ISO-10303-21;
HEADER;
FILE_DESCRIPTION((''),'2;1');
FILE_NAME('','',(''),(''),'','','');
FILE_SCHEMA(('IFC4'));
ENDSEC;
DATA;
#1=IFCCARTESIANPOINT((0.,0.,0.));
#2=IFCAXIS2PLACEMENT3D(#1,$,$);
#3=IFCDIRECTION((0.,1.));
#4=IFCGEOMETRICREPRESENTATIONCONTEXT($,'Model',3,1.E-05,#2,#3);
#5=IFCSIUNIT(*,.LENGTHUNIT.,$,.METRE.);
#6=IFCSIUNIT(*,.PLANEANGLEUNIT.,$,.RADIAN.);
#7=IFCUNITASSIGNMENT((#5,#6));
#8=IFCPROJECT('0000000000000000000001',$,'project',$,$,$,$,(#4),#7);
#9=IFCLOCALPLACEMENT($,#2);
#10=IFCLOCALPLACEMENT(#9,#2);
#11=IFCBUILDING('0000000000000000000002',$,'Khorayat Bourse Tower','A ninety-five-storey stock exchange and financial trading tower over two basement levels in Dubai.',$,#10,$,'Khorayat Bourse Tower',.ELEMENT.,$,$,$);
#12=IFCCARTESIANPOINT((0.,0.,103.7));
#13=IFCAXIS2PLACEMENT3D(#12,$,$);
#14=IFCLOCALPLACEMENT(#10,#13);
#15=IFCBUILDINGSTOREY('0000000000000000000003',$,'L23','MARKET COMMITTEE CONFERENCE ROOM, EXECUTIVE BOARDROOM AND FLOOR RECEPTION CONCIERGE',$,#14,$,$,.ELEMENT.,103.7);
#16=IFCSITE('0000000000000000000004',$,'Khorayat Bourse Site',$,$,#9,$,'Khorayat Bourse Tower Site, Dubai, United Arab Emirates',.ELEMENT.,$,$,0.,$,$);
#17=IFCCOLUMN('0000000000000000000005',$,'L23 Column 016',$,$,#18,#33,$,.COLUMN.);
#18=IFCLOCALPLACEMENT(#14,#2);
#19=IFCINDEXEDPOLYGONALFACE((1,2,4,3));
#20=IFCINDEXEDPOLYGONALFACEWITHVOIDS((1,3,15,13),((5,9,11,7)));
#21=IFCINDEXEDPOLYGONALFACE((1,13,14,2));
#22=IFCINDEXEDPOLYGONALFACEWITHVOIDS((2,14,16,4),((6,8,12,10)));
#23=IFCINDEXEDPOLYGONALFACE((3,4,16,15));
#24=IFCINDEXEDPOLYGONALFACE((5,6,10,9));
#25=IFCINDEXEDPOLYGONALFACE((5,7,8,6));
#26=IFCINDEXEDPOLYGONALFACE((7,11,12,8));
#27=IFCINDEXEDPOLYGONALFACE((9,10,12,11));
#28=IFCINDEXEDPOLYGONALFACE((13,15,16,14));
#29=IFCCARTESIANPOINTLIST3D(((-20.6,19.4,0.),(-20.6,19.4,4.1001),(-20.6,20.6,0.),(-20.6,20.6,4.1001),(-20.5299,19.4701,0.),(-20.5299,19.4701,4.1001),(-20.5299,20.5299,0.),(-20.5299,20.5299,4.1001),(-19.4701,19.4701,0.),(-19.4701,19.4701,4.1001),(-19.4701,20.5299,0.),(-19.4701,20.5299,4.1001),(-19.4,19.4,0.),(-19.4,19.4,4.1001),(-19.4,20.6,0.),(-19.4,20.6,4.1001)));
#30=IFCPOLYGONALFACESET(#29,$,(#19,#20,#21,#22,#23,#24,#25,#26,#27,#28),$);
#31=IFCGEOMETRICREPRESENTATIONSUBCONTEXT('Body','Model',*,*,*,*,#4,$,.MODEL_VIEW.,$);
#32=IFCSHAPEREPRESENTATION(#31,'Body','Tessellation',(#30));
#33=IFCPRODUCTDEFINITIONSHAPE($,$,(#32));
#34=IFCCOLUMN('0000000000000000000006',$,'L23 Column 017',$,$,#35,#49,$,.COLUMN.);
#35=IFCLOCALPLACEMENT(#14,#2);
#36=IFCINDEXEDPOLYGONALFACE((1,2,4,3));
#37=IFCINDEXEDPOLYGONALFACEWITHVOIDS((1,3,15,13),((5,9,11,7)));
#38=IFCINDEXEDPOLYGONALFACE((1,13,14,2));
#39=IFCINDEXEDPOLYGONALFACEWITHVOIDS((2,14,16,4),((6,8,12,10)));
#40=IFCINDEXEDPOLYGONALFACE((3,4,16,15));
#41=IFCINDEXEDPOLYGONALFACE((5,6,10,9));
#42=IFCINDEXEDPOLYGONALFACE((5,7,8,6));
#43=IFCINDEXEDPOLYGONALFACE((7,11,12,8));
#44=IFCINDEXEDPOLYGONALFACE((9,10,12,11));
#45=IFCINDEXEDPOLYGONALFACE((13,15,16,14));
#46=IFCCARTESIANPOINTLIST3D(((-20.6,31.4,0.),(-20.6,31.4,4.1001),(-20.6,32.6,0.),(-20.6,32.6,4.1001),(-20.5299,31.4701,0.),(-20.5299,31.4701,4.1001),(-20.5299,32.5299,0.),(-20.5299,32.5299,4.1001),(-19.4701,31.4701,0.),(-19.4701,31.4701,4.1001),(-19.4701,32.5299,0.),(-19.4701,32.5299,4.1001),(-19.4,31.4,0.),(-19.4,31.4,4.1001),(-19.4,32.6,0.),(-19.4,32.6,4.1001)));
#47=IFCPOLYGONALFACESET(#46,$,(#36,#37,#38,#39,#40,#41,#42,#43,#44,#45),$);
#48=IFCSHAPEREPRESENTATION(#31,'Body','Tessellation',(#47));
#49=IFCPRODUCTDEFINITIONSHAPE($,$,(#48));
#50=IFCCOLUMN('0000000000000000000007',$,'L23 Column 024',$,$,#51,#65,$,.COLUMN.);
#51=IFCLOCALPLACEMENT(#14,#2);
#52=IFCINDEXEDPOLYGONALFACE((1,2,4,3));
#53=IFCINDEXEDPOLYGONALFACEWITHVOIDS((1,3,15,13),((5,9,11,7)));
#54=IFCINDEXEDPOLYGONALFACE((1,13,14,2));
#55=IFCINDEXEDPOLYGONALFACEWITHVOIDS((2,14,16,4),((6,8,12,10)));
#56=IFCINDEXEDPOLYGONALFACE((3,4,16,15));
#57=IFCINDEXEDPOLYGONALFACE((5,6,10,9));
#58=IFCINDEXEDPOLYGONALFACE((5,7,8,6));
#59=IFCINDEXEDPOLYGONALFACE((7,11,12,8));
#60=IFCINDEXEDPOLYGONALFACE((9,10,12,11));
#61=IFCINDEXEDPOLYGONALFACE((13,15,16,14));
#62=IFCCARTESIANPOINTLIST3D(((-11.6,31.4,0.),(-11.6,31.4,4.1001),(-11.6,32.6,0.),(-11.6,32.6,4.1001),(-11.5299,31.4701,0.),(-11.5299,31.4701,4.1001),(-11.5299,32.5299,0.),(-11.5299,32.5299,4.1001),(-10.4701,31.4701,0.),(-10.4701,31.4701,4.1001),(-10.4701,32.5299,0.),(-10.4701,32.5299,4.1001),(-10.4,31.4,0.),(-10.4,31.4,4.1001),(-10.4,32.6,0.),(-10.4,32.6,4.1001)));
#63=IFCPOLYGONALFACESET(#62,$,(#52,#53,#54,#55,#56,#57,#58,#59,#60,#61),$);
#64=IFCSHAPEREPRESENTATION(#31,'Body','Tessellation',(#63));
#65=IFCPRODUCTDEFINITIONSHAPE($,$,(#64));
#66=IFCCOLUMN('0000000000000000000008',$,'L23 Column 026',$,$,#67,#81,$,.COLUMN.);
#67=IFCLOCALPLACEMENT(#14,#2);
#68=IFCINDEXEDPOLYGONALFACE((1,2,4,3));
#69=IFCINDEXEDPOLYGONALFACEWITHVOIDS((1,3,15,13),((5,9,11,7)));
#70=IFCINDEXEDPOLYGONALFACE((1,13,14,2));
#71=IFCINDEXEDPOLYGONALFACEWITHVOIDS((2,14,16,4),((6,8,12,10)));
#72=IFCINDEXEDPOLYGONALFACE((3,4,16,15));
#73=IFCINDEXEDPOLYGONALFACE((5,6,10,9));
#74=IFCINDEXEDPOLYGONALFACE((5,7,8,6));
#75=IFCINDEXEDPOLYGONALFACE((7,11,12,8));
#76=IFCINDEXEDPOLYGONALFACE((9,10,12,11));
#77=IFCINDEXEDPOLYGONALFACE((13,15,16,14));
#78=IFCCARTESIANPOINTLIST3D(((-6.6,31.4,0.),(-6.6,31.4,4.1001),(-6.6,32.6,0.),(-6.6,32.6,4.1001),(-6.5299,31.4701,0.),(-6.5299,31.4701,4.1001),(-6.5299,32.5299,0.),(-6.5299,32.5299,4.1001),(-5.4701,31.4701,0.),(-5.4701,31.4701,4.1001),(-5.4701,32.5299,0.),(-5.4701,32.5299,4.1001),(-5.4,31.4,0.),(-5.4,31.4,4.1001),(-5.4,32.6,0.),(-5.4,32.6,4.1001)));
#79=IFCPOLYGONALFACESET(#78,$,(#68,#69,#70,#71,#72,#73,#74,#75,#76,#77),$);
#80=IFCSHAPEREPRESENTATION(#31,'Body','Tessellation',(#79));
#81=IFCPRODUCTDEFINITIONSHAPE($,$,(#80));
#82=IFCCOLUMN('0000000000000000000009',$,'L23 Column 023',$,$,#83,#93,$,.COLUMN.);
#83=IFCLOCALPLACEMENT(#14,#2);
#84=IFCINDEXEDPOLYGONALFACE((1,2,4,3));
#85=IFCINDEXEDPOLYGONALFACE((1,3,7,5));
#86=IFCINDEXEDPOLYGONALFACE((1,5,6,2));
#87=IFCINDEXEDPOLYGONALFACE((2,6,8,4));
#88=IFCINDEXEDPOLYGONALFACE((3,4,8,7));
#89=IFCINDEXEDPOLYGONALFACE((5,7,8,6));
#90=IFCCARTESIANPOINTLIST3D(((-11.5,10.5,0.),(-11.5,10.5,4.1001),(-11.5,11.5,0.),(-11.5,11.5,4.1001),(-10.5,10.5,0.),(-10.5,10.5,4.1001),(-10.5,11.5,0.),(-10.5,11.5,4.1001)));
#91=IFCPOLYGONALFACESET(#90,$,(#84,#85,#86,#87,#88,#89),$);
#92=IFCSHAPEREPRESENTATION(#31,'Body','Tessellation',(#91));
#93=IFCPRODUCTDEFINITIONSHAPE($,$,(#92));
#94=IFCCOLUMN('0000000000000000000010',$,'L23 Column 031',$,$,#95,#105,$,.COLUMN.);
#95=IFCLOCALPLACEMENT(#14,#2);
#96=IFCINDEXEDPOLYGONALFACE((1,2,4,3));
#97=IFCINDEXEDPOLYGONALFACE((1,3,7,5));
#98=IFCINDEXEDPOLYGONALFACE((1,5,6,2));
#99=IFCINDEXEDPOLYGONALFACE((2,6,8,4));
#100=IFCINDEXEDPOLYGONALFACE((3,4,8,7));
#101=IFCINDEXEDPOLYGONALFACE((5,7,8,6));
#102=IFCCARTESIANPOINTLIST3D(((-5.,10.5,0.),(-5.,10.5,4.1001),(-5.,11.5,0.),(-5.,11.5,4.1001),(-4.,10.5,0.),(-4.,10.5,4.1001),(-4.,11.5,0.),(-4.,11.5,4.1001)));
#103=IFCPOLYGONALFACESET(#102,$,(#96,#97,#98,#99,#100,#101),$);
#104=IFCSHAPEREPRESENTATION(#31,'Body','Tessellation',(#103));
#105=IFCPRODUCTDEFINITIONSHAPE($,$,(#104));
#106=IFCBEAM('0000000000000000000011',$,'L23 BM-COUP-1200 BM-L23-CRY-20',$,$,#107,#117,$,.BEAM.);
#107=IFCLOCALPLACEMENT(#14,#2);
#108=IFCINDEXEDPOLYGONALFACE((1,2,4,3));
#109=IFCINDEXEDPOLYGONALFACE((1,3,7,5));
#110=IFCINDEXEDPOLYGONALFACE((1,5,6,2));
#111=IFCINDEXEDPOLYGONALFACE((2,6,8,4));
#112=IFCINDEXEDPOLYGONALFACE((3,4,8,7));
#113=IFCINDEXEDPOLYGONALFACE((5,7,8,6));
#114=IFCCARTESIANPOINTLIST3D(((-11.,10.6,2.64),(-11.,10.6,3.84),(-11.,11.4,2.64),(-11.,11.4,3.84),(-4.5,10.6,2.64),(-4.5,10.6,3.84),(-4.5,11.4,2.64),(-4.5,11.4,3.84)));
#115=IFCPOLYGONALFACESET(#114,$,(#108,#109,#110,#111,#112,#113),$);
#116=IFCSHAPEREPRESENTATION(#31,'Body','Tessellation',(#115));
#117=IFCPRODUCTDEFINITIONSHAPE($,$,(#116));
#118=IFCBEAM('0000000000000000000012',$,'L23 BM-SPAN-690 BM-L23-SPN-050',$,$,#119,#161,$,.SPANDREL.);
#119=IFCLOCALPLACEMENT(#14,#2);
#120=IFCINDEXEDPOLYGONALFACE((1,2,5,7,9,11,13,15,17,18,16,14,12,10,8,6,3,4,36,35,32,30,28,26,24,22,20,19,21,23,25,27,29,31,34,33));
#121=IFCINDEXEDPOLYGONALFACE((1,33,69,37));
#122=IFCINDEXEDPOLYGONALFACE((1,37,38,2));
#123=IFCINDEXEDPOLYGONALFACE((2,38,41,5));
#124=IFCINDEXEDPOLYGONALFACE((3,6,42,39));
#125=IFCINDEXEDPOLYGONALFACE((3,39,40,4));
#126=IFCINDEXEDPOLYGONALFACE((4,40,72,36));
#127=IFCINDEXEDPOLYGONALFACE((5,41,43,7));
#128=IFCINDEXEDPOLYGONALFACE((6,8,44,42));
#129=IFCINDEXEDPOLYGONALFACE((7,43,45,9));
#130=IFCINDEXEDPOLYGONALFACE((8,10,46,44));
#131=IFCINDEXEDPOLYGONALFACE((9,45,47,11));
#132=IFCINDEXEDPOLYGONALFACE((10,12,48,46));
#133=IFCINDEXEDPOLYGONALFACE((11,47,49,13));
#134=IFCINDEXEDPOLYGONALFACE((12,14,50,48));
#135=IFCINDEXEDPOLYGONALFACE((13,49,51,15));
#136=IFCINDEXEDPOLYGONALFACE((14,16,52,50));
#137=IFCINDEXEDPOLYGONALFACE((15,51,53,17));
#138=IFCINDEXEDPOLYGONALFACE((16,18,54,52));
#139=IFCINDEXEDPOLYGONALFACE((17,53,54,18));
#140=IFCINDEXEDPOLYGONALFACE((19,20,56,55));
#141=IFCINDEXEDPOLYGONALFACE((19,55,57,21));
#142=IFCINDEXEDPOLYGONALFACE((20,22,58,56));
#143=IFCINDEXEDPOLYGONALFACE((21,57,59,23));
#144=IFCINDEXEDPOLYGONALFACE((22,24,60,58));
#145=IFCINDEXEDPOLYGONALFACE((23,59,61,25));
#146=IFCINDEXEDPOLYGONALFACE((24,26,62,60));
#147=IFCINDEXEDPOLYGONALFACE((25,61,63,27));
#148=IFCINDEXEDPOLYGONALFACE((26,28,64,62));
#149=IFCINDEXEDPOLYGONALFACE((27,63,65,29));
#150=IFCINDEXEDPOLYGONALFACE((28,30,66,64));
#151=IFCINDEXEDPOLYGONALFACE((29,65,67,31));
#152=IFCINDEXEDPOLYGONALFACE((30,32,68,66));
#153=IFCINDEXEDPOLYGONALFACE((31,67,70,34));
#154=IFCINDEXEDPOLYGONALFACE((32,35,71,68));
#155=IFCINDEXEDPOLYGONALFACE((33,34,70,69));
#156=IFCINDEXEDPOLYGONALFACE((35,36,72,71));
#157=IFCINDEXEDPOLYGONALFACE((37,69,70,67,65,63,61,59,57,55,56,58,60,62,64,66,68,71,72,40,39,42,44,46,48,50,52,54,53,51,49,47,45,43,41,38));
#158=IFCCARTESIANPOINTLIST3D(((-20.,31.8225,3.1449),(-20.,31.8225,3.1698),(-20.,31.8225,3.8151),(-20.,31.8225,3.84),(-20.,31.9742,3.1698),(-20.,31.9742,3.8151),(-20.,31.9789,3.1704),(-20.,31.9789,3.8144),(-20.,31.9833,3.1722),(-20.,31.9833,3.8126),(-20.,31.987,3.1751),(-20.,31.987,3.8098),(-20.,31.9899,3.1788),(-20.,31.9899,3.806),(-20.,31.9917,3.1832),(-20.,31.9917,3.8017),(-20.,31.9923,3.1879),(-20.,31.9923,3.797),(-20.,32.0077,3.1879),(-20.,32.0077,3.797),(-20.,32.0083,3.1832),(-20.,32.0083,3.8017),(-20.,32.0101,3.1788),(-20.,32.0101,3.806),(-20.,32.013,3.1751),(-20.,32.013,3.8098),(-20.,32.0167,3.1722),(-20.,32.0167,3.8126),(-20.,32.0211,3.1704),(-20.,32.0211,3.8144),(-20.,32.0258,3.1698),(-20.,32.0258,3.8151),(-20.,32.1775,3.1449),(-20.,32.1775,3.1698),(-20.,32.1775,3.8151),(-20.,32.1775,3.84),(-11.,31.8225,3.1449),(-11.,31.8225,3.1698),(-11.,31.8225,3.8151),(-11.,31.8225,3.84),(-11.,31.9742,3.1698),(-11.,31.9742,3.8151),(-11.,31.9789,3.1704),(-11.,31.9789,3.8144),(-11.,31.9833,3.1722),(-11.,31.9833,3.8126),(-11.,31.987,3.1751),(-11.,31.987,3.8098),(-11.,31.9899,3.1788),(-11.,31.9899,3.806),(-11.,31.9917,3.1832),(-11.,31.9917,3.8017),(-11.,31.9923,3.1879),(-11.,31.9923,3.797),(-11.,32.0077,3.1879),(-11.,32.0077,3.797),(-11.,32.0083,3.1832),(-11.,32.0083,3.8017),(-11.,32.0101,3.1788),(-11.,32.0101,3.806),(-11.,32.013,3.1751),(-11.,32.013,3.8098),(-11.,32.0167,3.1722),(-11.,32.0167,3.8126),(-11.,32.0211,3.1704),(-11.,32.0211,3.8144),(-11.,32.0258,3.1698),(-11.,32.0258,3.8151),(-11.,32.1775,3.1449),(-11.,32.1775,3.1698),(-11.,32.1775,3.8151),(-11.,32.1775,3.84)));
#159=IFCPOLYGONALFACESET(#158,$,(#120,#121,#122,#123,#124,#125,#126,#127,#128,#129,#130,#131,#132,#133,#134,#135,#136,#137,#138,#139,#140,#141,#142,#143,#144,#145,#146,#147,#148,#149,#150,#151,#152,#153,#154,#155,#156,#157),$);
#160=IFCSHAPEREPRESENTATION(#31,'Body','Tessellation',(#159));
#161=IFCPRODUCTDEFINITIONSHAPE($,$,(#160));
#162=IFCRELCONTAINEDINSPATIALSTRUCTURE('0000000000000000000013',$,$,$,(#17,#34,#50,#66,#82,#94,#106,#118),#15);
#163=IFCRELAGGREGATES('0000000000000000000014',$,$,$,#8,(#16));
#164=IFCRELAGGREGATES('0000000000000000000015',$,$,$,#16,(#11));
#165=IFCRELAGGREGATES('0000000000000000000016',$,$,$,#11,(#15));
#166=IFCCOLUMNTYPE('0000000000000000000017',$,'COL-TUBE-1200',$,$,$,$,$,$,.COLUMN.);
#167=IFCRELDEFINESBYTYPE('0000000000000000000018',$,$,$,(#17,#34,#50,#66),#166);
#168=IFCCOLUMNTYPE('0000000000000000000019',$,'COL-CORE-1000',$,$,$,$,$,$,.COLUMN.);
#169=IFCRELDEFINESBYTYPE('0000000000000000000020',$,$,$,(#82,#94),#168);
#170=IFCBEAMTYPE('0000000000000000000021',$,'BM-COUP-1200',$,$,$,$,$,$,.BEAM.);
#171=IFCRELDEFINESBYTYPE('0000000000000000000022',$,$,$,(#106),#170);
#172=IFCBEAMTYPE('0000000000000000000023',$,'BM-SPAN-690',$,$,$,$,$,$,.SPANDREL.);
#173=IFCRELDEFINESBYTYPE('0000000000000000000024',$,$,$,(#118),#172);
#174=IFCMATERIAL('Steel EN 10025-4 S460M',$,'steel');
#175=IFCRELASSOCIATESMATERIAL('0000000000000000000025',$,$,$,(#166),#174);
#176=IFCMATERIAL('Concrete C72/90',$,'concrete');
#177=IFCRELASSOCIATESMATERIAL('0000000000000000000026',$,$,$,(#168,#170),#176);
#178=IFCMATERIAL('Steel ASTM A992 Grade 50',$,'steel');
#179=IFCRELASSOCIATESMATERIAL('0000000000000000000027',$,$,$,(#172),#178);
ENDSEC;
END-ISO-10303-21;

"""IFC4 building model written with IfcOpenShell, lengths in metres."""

from ifc_helpers import new_model, si_unit, direction, frame, origin, origin_2d, place, context, subcontext, project, spatial, rectangle, hollow_rectangle, i_section, extrude, source, transform, mapped, material, material_profile, profile_set, type_object, element, save


model = new_model("IFC4")

# Units and contexts
model_context = context("Model", 3, precision=1e-05, world=origin(), true_north=direction((0.0, 1.0)))
body_context = subcontext(model_context, "Body", "Model", "MODEL_VIEW")
ifc_project = project(units=[si_unit("LENGTHUNIT", "METRE"), si_unit("PLANEANGLEUNIT", "RADIAN")], contexts=[model_context])

# Site, building, storey
site_placement = place(None, origin())
site = spatial("IfcSite", under=ifc_project, at=site_placement, Name="Khorayat Bourse Site", LongName="Khorayat Bourse Tower Site, Dubai, United Arab Emirates", CompositionType="ELEMENT", RefElevation=0.0)
building_placement = place(site_placement, origin())
building = spatial("IfcBuilding", under=site, at=building_placement, Name="Khorayat Bourse Tower", Description="A ninety-five-storey stock exchange and financial trading tower over two basement levels in Dubai.", LongName="Khorayat Bourse Tower", CompositionType="ELEMENT")
storey_placement = place(building_placement, frame((0.0, 0.0, 103.7)))
storey = spatial("IfcBuildingStorey", under=building, at=storey_placement, Name="L23", Description="MARKET COMMITTEE CONFERENCE ROOM, EXECUTIVE BOARDROOM AND FLOOR RECEPTION CONCIERGE", CompositionType="ELEMENT", Elevation=103.7)

# Columns
ifc_material_1 = material(Name="Steel EN 10025-4 S460M", Category="steel")
ifc_material_profile_1 = material_profile(ifc_material_1, hollow_rectangle(XDim=1.2, YDim=1.2, WallThickness=0.0701, at=origin_2d()), Name="BOX 1200x1200x70")
ifc_profile_set_1 = profile_set([ifc_material_profile_1], Name="Steel EN 10025-4 S460M")
column_type_1 = type_object("IfcColumnType", Name="COL-TUBE-1200", PredefinedType="COLUMN", material=ifc_profile_set_1)
shared_shape_1 = source(origin(), body_context, "Body", "SweptSolid", [
    extrude(hollow_rectangle(XDim=1.2, YDim=1.2, WallThickness=0.0701, at=origin_2d()), origin(), (0.0, 0.0, 1.0), 4.1001),
])
for number, where, z_axis, x_axis, name in (
    (1, (-20.0, 20.0, 0.0), (0.0, 0.0, 1.0), (1.0, 0.0, 0.0), "L23 Column 016"),
    (2, (-20.0, 32.0, 0.0), (0.0, 0.0, 1.0), (1.0, 0.0, 0.0), "L23 Column 017"),
    (3, (-11.0, 32.0, 0.0), (0.0, 0.0, 1.0), (1.0, 0.0, 0.0), "L23 Column 024"),
    (4, (-6.0, 32.0, 0.0), (0.0, 0.0, 1.0), (1.0, 0.0, 0.0), "L23 Column 026"),
):
    element("IfcColumn", number, at=place(storey_placement, frame(where, z_axis=z_axis, x_axis=x_axis)), inside=storey, type_object=column_type_1, Name=name, PredefinedType="COLUMN", context=body_context, shape_type="MappedRepresentation", body=[
        mapped(shared_shape_1, transform((0.0, 0.0, 0.0), scale=1.0)),
    ])
ifc_material_2 = material(Name="Concrete C72/90", Category="concrete")
ifc_material_profile_2 = material_profile(ifc_material_2, rectangle(XDim=1.0, YDim=1.0, at=origin_2d()), Name="RC 1000x1000")
ifc_profile_set_2 = profile_set([ifc_material_profile_2], Name="Concrete C72/90")
column_type_2 = type_object("IfcColumnType", Name="COL-CORE-1000", PredefinedType="COLUMN", material=ifc_profile_set_2)
shared_shape_2 = source(origin(), body_context, "Body", "SweptSolid", [
    extrude(rectangle(XDim=1.0, YDim=1.0, at=origin_2d()), origin(), (0.0, 0.0, 1.0), 4.1001),
])
for number, where, z_axis, x_axis, name in (
    (5, (-11.0, 11.0, 0.0), (0.0, 0.0, 1.0), (1.0, 0.0, 0.0), "L23 Column 023"),
    (6, (-4.5, 11.0, 0.0), (0.0, 0.0, 1.0), (1.0, 0.0, 0.0), "L23 Column 031"),
):
    element("IfcColumn", number, at=place(storey_placement, frame(where, z_axis=z_axis, x_axis=x_axis)), inside=storey, type_object=column_type_2, Name=name, PredefinedType="COLUMN", context=body_context, shape_type="MappedRepresentation", body=[
        mapped(shared_shape_2, transform((0.0, 0.0, 0.0), scale=1.0)),
    ])

# Beams
ifc_material_profile_3 = material_profile(ifc_material_2, rectangle(XDim=0.8, YDim=1.2, at=origin_2d()), Name="RC 800x1200")
ifc_profile_set_3 = profile_set([ifc_material_profile_3], Name="Concrete C72/90")
beam_type_1 = type_object("IfcBeamType", Name="BM-COUP-1200", PredefinedType="BEAM", material=ifc_profile_set_3)
shared_shape_3 = source(origin(), body_context, "Body", "SweptSolid", [
    extrude(rectangle(XDim=0.8, YDim=1.2, at=origin_2d()), origin(), (0.0, 0.0, 1.0), 6.5),
])
beam_1_placement = place(storey_placement, frame((-11.0, 11.0, 3.24), z_axis=(1.0, 0.0, 0.0), x_axis=(0.0, 1.0, 0.0)))
element("IfcBeam", 7, at=beam_1_placement, inside=storey, type_object=beam_type_1, Name="L23 BM-COUP-1200 BM-L23-CRY-20", PredefinedType="BEAM", context=body_context, shape_type="MappedRepresentation", body=[
    mapped(shared_shape_3, transform((0.0, 0.0, 0.0), scale=1.0)),
])
ifc_material_3 = material(Name="Steel ASTM A992 Grade 50", Category="steel")
ifc_material_profile_4 = material_profile(ifc_material_3, i_section(OverallWidth=0.355, OverallDepth=0.6951, WebThickness=0.0154, FlangeThickness=0.0249, FilletRadius=0.0181, at=origin_2d()), Name="W690X217")
ifc_profile_set_4 = profile_set([ifc_material_profile_4], Name="Steel ASTM A992 Grade 50")
beam_type_2 = type_object("IfcBeamType", Name="BM-SPAN-690", PredefinedType="SPANDREL", material=ifc_profile_set_4)
shared_shape_4 = source(origin(), body_context, "Body", "SweptSolid", [
    extrude(i_section(OverallWidth=0.355, OverallDepth=0.6951, WebThickness=0.0154, FlangeThickness=0.0249, FilletRadius=0.0181, at=origin_2d()), origin(), (0.0, 0.0, 1.0), 9.0),
])
beam_2_placement = place(storey_placement, frame((-20.0, 32.0, 3.4924), z_axis=(1.0, 0.0, 0.0), x_axis=(0.0, 1.0, 0.0)))
element("IfcBeam", 8, at=beam_2_placement, inside=storey, type_object=beam_type_2, Name="L23 BM-SPAN-690 BM-L23-SPN-050", PredefinedType="SPANDREL", context=body_context, shape_type="MappedRepresentation", body=[
    mapped(shared_shape_4, transform((0.0, 0.0, 0.0), scale=1.0)),
])

save(model, "model.ifc")
